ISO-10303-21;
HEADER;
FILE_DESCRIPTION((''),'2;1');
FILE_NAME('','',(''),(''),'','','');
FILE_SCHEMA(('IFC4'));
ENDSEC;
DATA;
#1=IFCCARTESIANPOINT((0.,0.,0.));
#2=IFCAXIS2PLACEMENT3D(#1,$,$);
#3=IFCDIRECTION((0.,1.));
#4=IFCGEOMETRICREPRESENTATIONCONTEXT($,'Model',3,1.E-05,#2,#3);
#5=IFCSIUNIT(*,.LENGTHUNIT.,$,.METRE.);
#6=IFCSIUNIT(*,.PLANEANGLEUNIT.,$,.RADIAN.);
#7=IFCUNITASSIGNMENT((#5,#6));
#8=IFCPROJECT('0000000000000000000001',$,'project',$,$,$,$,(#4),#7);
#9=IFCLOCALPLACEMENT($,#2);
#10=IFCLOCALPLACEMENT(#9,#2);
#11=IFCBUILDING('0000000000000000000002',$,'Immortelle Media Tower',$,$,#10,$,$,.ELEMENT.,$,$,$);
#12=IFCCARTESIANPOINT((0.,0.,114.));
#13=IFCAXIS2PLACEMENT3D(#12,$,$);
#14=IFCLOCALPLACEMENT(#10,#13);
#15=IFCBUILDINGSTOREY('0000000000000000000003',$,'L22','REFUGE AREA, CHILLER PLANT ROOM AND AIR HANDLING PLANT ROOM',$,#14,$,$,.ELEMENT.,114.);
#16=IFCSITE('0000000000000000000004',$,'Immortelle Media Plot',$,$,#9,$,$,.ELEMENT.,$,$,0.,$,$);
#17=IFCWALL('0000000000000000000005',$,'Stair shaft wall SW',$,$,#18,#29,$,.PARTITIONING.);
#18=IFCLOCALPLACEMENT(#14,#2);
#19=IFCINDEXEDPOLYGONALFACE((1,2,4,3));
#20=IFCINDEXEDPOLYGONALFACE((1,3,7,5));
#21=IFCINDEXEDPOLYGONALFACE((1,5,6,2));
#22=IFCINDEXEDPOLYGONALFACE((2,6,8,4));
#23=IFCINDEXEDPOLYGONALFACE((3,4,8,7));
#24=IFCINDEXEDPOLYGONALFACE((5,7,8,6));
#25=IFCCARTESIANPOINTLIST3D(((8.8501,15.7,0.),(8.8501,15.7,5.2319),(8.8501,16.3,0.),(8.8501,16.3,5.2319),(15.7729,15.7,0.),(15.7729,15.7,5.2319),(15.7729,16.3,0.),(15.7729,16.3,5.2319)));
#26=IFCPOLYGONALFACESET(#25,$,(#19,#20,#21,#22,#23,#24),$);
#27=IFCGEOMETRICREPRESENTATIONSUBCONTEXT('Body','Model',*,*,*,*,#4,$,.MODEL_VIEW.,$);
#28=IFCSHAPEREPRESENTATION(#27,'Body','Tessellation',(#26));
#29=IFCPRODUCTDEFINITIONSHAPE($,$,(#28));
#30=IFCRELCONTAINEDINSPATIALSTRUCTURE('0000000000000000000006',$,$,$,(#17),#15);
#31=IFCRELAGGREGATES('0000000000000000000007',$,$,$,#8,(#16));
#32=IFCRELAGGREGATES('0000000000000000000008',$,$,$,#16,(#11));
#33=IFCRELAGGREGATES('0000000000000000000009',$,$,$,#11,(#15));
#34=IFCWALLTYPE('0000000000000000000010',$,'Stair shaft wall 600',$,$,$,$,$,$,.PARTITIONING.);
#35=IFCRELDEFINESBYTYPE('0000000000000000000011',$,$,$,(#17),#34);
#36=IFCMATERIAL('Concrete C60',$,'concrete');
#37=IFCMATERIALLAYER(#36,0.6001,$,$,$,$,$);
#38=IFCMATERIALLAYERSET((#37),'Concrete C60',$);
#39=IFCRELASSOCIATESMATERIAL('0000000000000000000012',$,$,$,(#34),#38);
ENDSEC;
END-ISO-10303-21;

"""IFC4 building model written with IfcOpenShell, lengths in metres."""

from ifc_helpers import new_model, si_unit, direction, frame, frame_2d, origin, place, context, subcontext, project, spatial, rectangle, extrude, material, layer, layer_set, type_object, element, save


model = new_model("IFC4")

# Units and contexts
model_context = context("Model", 3, precision=1e-05, world=origin(), true_north=direction((0.0, 1.0)))
body_context = subcontext(model_context, "Body", "Model", "MODEL_VIEW")
ifc_project = project(units=[si_unit("LENGTHUNIT", "METRE"), si_unit("PLANEANGLEUNIT", "RADIAN")], contexts=[model_context])

# Site, building, storey
site_placement = place(None, origin())
site = spatial("IfcSite", under=ifc_project, at=site_placement, Name="Immortelle Media Plot", CompositionType="ELEMENT", RefElevation=0.0)
building_placement = place(site_placement, origin())
building = spatial("IfcBuilding", under=site, at=building_placement, Name="Immortelle Media Tower", CompositionType="ELEMENT")
storey_placement = place(building_placement, frame((0.0, 0.0, 114.0)))
storey = spatial("IfcBuildingStorey", under=building, at=storey_placement, Name="L22", Description="REFUGE AREA, CHILLER PLANT ROOM AND AIR HANDLING PLANT ROOM", CompositionType="ELEMENT", Elevation=114.0)

# Wall
ifc_material_1 = material(Name="Concrete C60", Category="concrete")
ifc_layer_1 = layer(ifc_material_1, 0.6001)
ifc_layer_set_1 = layer_set([ifc_layer_1], Name="Concrete C60")
wall_type_1 = type_object("IfcWallType", Name="Stair shaft wall 600", PredefinedType="PARTITIONING", material=ifc_layer_set_1)
wall_1_placement = place(storey_placement, frame((8.8501, 16.0, 0.0), z_axis=(0.0, 0.0, 1.0), x_axis=(1.0, 0.0, 0.0)))
element("IfcWall", 1, at=wall_1_placement, inside=storey, type_object=wall_type_1, Name="Stair shaft wall SW", PredefinedType="PARTITIONING", context=body_context, shape_type="SweptSolid", body=[
    extrude(rectangle(XDim=6.9229, YDim=0.6001, at=frame_2d((3.4614, 0.0))), origin(), (0.0, 0.0, 1.0), 5.2319),
])

save(model, "model.ifc")
